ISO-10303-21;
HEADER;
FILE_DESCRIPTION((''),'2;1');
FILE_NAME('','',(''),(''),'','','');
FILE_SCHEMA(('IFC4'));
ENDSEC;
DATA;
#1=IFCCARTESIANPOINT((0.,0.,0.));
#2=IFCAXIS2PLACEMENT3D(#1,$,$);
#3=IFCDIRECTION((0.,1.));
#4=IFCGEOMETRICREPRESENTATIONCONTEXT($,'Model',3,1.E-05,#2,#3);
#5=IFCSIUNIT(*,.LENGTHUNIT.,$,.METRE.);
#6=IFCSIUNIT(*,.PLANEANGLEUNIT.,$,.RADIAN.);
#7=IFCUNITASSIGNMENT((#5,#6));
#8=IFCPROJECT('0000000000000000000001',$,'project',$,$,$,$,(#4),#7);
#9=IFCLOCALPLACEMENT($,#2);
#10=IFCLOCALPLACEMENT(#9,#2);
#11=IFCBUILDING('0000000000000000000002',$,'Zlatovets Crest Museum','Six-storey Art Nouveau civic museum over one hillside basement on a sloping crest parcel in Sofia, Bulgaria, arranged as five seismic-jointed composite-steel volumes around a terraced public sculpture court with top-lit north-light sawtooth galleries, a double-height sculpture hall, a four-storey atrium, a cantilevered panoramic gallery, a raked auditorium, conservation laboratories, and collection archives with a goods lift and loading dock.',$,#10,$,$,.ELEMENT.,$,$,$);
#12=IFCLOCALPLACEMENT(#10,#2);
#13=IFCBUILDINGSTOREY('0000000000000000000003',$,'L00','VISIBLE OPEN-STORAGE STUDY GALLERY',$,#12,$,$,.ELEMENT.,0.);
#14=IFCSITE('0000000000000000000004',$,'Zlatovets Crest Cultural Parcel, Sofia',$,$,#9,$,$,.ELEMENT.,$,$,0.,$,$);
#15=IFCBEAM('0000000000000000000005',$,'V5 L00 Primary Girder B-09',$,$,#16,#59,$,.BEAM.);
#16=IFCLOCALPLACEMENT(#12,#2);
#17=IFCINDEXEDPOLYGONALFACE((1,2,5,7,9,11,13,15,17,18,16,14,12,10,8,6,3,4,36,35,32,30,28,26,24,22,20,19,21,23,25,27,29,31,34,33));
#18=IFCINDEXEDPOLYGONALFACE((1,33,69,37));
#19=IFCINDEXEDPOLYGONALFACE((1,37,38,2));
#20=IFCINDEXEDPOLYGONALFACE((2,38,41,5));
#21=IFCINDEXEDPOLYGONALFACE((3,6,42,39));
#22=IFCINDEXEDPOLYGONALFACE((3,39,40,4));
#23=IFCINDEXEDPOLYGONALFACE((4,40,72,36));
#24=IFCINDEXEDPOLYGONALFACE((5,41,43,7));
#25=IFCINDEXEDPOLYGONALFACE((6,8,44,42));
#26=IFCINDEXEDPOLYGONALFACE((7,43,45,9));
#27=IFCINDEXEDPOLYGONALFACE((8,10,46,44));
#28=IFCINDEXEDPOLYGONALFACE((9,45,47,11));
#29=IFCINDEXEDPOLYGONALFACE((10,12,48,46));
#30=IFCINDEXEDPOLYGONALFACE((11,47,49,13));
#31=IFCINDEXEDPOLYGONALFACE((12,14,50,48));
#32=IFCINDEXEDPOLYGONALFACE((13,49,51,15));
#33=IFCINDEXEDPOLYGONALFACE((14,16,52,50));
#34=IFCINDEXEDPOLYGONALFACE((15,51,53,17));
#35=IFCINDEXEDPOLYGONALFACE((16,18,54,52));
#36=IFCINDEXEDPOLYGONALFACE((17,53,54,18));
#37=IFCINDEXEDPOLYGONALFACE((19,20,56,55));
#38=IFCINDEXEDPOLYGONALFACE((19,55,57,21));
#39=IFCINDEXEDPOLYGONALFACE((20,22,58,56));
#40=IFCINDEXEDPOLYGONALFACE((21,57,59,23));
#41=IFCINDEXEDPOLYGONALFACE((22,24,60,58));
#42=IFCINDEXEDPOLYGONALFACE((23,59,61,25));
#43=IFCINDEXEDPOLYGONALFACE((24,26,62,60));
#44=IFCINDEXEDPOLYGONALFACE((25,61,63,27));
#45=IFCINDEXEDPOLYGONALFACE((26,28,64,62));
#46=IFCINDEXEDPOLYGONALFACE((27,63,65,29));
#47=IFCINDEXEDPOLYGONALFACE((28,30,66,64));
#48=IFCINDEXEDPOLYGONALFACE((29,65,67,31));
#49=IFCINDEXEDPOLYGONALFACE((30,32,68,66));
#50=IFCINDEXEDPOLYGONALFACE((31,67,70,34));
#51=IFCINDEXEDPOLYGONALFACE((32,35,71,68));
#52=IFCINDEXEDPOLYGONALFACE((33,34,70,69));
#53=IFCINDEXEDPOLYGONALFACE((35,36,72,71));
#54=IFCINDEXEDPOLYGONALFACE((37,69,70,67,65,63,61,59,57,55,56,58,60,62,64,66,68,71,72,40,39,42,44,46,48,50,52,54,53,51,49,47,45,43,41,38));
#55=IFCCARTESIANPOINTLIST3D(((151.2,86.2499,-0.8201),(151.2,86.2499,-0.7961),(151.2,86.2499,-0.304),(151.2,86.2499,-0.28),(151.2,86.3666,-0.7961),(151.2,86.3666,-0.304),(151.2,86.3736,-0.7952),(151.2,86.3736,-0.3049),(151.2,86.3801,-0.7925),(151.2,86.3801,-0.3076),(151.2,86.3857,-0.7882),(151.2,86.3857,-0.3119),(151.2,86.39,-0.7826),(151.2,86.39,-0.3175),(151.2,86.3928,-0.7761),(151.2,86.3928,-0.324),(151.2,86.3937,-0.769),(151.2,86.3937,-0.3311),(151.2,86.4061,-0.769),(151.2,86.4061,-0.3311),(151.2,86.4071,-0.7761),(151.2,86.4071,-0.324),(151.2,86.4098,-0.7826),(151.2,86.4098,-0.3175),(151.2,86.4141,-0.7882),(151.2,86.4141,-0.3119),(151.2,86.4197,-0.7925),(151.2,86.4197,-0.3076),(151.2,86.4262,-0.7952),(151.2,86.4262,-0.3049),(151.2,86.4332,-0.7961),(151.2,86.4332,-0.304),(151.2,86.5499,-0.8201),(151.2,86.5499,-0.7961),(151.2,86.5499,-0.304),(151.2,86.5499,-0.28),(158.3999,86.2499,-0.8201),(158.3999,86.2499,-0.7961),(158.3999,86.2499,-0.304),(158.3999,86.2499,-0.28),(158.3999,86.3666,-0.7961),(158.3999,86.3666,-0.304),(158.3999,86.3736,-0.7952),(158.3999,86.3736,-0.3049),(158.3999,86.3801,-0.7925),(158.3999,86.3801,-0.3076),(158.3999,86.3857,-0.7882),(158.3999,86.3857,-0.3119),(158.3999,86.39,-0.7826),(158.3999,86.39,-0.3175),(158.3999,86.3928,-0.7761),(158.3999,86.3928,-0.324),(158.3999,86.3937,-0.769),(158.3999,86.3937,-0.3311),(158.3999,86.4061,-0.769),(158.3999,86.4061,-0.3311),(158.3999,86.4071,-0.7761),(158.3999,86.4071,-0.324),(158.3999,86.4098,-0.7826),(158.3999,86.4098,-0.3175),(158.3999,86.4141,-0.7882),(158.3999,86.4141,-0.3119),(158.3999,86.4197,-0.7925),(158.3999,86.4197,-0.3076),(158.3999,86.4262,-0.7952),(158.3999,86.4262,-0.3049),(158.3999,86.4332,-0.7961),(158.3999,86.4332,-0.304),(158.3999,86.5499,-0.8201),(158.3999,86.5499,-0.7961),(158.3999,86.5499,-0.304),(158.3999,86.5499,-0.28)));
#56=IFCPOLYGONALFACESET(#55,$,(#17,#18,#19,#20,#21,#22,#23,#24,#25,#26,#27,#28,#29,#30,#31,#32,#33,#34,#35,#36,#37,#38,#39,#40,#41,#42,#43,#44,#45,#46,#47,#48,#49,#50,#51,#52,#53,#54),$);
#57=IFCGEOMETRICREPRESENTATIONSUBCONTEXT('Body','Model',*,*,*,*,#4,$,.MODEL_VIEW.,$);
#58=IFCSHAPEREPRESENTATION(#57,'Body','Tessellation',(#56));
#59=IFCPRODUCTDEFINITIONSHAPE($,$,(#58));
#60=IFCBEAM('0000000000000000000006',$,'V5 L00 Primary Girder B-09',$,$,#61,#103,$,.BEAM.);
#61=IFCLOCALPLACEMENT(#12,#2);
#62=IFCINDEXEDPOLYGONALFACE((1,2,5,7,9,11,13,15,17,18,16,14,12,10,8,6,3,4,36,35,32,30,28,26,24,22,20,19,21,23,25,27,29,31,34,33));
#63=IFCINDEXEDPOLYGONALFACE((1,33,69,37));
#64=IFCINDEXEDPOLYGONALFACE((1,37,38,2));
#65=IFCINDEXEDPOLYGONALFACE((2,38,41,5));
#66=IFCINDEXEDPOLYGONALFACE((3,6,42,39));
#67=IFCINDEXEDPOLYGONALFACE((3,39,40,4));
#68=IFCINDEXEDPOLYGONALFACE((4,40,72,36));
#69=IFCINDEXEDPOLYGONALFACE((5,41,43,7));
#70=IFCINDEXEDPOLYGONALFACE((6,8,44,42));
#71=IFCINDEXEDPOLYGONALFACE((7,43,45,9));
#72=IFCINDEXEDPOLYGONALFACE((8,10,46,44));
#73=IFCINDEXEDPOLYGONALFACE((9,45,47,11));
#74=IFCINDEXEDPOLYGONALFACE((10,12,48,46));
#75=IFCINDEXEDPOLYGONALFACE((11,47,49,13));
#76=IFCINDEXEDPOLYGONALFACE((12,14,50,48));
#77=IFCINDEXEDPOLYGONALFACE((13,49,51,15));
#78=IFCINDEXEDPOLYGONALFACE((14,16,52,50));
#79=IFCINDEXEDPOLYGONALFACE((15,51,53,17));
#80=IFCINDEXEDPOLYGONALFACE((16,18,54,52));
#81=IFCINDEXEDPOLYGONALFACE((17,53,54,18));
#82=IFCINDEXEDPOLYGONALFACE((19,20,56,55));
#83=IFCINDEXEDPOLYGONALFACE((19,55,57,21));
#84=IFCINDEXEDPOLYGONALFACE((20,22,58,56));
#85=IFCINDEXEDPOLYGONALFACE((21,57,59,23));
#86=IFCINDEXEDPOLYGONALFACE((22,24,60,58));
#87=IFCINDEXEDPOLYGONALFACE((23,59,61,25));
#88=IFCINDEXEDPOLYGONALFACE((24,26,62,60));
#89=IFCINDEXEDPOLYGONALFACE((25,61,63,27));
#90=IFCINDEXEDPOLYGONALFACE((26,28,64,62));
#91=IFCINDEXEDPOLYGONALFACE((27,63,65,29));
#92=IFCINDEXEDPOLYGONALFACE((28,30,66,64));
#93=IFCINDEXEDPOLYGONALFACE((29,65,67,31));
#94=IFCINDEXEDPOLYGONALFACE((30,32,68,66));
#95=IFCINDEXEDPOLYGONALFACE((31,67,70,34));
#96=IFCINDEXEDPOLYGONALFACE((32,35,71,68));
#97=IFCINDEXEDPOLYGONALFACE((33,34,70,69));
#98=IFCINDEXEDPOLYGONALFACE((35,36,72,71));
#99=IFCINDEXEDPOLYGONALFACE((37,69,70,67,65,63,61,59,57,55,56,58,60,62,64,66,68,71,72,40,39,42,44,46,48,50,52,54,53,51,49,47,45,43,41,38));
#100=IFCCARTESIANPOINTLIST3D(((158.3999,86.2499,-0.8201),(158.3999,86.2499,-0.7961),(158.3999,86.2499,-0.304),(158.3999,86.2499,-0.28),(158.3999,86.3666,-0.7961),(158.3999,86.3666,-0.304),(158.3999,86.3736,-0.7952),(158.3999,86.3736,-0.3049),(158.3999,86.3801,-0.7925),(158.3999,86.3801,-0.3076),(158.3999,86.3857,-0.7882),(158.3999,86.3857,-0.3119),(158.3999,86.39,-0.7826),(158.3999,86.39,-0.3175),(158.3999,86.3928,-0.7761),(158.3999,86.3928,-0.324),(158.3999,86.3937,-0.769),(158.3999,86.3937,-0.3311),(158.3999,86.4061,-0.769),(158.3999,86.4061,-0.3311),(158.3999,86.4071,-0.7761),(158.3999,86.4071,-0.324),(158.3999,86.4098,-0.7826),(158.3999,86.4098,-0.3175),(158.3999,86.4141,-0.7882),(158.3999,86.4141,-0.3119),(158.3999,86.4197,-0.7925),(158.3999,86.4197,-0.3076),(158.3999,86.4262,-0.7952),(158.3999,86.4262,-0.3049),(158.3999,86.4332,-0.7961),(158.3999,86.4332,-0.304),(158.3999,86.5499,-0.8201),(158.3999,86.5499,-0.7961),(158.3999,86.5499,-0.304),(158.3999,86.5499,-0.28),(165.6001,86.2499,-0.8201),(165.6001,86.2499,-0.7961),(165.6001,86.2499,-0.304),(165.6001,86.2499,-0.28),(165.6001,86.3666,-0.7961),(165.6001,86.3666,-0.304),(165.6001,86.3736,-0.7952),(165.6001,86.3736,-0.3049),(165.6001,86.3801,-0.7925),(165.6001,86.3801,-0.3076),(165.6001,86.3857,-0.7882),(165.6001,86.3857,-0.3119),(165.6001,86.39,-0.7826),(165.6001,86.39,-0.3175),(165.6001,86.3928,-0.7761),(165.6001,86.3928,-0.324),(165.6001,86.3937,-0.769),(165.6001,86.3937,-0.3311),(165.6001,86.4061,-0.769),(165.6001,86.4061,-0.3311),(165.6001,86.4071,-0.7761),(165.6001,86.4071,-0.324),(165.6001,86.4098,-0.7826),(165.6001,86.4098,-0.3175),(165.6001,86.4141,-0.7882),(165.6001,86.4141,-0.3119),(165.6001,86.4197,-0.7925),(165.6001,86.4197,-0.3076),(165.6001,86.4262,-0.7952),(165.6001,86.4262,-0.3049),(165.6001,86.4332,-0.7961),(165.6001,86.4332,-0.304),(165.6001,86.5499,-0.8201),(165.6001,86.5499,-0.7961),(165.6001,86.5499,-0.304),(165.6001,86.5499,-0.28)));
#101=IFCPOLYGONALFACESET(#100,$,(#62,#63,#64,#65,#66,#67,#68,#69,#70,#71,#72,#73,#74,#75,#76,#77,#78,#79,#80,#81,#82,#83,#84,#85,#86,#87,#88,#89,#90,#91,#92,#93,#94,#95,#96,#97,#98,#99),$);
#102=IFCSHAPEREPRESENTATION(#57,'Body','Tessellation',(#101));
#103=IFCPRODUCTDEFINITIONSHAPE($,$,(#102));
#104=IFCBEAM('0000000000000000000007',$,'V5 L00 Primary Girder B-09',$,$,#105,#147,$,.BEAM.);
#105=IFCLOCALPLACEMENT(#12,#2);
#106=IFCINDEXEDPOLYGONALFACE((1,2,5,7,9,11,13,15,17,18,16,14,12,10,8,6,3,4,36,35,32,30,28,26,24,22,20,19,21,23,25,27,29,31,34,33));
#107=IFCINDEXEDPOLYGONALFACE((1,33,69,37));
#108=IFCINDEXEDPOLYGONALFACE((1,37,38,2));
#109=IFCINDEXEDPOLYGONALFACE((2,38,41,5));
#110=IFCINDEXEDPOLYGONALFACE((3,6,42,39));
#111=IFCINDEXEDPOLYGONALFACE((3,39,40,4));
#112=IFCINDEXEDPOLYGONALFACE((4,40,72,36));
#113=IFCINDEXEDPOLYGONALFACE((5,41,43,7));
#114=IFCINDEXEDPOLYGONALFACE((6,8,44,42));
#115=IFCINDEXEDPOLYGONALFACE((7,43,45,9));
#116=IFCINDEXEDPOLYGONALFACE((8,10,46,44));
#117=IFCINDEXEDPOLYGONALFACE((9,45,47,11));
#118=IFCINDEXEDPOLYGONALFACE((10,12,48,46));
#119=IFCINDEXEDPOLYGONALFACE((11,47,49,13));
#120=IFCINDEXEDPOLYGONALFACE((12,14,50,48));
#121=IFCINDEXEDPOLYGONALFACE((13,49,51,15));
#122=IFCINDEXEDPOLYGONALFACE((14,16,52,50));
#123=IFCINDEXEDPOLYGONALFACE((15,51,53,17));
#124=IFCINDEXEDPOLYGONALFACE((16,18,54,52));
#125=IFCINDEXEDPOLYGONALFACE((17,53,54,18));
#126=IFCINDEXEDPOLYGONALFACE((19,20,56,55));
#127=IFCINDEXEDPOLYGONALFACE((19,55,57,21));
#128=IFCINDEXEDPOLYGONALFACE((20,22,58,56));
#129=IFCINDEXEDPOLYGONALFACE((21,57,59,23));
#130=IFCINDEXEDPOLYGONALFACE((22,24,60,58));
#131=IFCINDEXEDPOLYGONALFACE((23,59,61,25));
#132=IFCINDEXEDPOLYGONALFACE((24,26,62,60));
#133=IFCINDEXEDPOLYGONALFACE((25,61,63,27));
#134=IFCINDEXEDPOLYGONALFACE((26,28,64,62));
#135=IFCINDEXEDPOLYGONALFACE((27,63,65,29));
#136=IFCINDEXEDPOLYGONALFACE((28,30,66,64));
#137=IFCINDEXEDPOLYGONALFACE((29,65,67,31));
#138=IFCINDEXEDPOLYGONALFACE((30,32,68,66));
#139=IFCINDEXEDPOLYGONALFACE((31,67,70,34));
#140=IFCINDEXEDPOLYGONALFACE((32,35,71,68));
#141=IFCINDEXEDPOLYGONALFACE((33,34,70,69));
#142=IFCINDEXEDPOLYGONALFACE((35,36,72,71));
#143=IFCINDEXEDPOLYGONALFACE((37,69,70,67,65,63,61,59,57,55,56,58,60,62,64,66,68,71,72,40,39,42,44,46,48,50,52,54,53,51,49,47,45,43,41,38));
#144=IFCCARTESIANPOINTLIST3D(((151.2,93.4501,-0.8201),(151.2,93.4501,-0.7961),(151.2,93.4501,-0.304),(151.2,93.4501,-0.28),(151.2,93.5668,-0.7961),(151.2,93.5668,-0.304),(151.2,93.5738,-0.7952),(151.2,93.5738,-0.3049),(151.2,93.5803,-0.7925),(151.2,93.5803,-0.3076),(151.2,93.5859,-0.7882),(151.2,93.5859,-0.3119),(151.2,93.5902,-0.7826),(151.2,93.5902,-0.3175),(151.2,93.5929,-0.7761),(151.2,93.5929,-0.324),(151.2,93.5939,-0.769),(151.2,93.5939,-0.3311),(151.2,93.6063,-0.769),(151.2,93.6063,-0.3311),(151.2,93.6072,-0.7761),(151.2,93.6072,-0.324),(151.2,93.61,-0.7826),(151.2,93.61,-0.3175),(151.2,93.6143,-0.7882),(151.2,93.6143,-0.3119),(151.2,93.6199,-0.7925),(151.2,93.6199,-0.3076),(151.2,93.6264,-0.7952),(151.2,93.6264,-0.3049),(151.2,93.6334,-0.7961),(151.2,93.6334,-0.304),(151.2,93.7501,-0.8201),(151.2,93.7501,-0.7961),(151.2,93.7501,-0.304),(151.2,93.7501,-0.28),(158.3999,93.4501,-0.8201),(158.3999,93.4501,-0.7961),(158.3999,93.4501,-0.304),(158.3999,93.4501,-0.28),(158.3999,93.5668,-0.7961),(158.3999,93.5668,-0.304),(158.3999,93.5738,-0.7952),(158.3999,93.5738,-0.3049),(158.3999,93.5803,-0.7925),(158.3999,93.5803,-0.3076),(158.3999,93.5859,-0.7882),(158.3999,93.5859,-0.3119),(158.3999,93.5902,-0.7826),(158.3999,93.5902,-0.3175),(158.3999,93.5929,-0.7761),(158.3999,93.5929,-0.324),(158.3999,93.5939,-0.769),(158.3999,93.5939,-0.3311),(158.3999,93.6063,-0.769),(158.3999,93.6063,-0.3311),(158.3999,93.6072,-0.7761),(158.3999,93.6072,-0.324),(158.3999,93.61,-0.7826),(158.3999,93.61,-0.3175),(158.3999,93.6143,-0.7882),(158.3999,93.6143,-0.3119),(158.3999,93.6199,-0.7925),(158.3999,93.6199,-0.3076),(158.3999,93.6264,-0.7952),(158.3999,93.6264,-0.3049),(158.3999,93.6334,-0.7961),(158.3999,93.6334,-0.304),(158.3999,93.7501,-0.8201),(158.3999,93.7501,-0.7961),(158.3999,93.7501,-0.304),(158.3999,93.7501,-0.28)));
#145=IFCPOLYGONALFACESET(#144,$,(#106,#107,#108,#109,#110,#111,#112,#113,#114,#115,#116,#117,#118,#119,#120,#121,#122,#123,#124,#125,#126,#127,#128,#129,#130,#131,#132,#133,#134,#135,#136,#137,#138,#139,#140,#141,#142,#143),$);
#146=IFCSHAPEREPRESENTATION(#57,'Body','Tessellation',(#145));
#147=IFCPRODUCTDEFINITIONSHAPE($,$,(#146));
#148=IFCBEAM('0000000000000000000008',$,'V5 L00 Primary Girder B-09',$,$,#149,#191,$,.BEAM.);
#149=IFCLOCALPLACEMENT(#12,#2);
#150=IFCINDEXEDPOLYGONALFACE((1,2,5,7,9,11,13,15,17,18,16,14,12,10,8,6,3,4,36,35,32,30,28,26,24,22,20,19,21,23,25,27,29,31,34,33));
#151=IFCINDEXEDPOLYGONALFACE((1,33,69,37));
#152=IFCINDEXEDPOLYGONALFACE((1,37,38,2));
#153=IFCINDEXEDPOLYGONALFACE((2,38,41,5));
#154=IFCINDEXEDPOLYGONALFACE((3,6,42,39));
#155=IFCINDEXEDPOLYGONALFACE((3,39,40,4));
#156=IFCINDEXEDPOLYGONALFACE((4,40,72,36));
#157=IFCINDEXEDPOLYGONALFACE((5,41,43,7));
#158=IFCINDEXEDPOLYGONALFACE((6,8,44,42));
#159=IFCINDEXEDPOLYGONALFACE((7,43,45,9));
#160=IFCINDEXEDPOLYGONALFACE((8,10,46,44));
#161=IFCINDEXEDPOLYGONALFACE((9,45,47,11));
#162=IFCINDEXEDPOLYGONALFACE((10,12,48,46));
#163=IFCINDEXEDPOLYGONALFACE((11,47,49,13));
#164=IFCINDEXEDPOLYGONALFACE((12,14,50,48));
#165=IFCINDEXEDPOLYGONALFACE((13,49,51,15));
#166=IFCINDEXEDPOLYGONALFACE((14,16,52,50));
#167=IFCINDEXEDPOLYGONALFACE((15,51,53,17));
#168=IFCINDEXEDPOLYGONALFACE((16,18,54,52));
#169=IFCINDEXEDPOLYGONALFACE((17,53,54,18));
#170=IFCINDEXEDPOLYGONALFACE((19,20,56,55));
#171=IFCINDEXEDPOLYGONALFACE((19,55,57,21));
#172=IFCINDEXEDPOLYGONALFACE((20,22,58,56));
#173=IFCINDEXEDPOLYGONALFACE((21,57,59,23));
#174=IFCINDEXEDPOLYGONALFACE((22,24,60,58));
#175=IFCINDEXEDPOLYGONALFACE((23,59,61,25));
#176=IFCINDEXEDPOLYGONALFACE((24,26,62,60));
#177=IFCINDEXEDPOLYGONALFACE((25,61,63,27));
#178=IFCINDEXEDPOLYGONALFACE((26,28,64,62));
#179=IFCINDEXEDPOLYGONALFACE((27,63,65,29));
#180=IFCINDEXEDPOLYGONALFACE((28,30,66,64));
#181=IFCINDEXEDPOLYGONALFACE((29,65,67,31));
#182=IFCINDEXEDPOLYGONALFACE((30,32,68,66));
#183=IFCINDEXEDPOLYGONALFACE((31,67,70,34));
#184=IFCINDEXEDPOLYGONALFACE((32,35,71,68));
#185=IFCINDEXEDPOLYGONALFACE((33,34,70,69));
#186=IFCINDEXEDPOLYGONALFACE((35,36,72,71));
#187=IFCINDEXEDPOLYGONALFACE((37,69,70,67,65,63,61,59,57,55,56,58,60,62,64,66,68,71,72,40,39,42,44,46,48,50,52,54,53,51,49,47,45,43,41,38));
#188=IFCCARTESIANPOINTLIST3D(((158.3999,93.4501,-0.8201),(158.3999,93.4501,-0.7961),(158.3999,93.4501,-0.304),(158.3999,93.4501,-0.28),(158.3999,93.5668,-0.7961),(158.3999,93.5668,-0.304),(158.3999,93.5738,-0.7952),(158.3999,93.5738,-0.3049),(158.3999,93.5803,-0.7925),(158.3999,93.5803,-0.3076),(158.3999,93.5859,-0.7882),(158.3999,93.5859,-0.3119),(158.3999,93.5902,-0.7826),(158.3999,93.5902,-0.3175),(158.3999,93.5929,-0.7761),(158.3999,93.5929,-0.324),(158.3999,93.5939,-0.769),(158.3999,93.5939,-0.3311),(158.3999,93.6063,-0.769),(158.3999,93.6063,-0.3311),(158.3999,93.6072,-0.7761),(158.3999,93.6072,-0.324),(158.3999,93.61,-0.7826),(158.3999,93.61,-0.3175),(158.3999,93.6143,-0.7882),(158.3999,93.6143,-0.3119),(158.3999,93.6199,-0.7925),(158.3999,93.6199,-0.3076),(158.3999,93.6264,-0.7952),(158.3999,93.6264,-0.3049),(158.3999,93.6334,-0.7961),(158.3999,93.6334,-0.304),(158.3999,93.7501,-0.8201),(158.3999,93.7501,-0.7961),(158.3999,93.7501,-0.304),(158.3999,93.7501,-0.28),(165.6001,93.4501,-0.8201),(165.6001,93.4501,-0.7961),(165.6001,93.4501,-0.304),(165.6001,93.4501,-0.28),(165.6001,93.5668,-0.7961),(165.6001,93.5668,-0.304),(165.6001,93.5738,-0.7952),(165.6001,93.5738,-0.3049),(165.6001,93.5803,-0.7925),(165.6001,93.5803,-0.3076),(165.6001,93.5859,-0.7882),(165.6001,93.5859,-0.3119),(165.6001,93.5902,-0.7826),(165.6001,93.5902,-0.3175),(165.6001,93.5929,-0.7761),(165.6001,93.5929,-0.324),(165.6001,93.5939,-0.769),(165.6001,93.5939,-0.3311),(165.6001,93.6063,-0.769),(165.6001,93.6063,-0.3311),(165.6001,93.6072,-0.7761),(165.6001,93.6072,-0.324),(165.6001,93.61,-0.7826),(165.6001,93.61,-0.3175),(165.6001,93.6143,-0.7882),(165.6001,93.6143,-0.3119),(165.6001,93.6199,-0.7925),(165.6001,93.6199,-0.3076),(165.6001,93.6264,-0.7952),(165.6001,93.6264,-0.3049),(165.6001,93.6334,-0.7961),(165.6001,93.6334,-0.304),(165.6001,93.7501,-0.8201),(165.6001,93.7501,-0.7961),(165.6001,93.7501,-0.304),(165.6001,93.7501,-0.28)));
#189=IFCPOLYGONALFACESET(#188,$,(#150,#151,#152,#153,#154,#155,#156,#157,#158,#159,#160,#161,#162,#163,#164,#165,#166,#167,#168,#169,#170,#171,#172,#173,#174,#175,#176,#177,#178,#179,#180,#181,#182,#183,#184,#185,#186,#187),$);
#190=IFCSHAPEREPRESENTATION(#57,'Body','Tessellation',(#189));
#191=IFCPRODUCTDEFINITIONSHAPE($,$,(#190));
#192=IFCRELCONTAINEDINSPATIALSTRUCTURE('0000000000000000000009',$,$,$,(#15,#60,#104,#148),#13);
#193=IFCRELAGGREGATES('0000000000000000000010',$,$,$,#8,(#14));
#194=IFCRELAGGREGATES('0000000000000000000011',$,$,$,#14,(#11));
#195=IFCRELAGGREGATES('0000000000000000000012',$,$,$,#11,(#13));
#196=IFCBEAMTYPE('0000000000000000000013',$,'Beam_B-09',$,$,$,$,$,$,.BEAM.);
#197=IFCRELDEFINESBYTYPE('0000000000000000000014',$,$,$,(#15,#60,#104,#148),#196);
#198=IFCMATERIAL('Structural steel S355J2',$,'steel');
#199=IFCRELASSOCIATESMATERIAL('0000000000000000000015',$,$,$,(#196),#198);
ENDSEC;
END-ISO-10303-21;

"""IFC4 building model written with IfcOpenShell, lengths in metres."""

from ifc_helpers import new_model, si_unit, direction, frame, origin, origin_2d, place, context, subcontext, project, spatial, i_section, extrude, material, material_profile, profile_set, type_object, element, save


model = new_model("IFC4")

# Units and contexts
model_context = context("Model", 3, precision=1e-05, world=origin(), true_north=direction((0.0, 1.0)))
body_context = subcontext(model_context, "Body", "Model", "MODEL_VIEW")
ifc_project = project(units=[si_unit("LENGTHUNIT", "METRE"), si_unit("PLANEANGLEUNIT", "RADIAN")], contexts=[model_context])

# Site, building, storey
site_placement = place(None, origin())
site = spatial("IfcSite", under=ifc_project, at=site_placement, Name="Zlatovets Crest Cultural Parcel, Sofia", CompositionType="ELEMENT", RefElevation=0.0)
building_placement = place(site_placement, origin())
building = spatial("IfcBuilding", under=site, at=building_placement, Name="Zlatovets Crest Museum", Description="Six-storey Art Nouveau civic museum over one hillside basement on a sloping crest parcel in Sofia, Bulgaria, arranged as five seismic-jointed composite-steel volumes around a terraced public sculpture court with top-lit north-light sawtooth galleries, a double-height sculpture hall, a four-storey atrium, a cantilevered panoramic gallery, a raked auditorium, conservation laboratories, and collection archives with a goods lift and loading dock.", CompositionType="ELEMENT")
storey_placement = place(building_placement, origin())
storey = spatial("IfcBuildingStorey", under=building, at=storey_placement, Name="L00", Description="VISIBLE OPEN-STORAGE STUDY GALLERY", CompositionType="ELEMENT", Elevation=0.0)

# Shared definitions
ifc_material_1 = material(Name="Structural steel S355J2", Category="steel")

# Beams
ifc_material_profile_1 = material_profile(ifc_material_1, i_section(OverallWidth=0.3, OverallDepth=0.54, WebThickness=0.0125, FlangeThickness=0.0239, FilletRadius=0.0271, at=origin_2d()), Name="HEA 550")
ifc_profile_set_1 = profile_set([ifc_material_profile_1], Name="Structural steel S355J2")
beam_type_1 = type_object("IfcBeamType", Name="Beam_B-09", PredefinedType="BEAM", material=ifc_profile_set_1)
beam_1_placement = place(storey_placement, frame((151.2, 86.3999, -0.55), z_axis=(1.0, 0.0, 0.0), x_axis=(0.0, 1.0, 0.0)))
element("IfcBeam", 1, at=beam_1_placement, inside=storey, type_object=beam_type_1, Name="V5 L00 Primary Girder B-09", PredefinedType="BEAM", context=body_context, shape_type="SweptSolid", body=[
    extrude(i_section(OverallWidth=0.3, OverallDepth=0.54, WebThickness=0.0125, FlangeThickness=0.0239, FilletRadius=0.0271, at=origin_2d()), origin(), (0.0, 0.0, 1.0), 7.2),
])
beam_2_placement = place(storey_placement, frame((158.3999, 86.3999, -0.55), z_axis=(1.0, 0.0, 0.0), x_axis=(0.0, 1.0, 0.0)))
element("IfcBeam", 2, at=beam_2_placement, inside=storey, type_object=beam_type_1, Name="V5 L00 Primary Girder B-09", PredefinedType="BEAM", context=body_context, shape_type="SweptSolid", body=[
    extrude(i_section(OverallWidth=0.3, OverallDepth=0.54, WebThickness=0.0125, FlangeThickness=0.0239, FilletRadius=0.0271, at=origin_2d()), origin(), (0.0, 0.0, 1.0), 7.2002),
])
beam_3_placement = place(storey_placement, frame((151.2, 93.6001, -0.55), z_axis=(1.0, 0.0, 0.0), x_axis=(0.0, 1.0, 0.0)))
element("IfcBeam", 3, at=beam_3_placement, inside=storey, type_object=beam_type_1, Name="V5 L00 Primary Girder B-09", PredefinedType="BEAM", context=body_context, shape_type="SweptSolid", body=[
    extrude(i_section(OverallWidth=0.3, OverallDepth=0.54, WebThickness=0.0125, FlangeThickness=0.0239, FilletRadius=0.0271, at=origin_2d()), origin(), (0.0, 0.0, 1.0), 7.2),
])
beam_4_placement = place(storey_placement, frame((158.3999, 93.6001, -0.55), z_axis=(1.0, 0.0, 0.0), x_axis=(0.0, 1.0, 0.0)))
element("IfcBeam", 4, at=beam_4_placement, inside=storey, type_object=beam_type_1, Name="V5 L00 Primary Girder B-09", PredefinedType="BEAM", context=body_context, shape_type="SweptSolid", body=[
    extrude(i_section(OverallWidth=0.3, OverallDepth=0.54, WebThickness=0.0125, FlangeThickness=0.0239, FilletRadius=0.0271, at=origin_2d()), origin(), (0.0, 0.0, 1.0), 7.2002),
])

save(model, "model.ifc")
